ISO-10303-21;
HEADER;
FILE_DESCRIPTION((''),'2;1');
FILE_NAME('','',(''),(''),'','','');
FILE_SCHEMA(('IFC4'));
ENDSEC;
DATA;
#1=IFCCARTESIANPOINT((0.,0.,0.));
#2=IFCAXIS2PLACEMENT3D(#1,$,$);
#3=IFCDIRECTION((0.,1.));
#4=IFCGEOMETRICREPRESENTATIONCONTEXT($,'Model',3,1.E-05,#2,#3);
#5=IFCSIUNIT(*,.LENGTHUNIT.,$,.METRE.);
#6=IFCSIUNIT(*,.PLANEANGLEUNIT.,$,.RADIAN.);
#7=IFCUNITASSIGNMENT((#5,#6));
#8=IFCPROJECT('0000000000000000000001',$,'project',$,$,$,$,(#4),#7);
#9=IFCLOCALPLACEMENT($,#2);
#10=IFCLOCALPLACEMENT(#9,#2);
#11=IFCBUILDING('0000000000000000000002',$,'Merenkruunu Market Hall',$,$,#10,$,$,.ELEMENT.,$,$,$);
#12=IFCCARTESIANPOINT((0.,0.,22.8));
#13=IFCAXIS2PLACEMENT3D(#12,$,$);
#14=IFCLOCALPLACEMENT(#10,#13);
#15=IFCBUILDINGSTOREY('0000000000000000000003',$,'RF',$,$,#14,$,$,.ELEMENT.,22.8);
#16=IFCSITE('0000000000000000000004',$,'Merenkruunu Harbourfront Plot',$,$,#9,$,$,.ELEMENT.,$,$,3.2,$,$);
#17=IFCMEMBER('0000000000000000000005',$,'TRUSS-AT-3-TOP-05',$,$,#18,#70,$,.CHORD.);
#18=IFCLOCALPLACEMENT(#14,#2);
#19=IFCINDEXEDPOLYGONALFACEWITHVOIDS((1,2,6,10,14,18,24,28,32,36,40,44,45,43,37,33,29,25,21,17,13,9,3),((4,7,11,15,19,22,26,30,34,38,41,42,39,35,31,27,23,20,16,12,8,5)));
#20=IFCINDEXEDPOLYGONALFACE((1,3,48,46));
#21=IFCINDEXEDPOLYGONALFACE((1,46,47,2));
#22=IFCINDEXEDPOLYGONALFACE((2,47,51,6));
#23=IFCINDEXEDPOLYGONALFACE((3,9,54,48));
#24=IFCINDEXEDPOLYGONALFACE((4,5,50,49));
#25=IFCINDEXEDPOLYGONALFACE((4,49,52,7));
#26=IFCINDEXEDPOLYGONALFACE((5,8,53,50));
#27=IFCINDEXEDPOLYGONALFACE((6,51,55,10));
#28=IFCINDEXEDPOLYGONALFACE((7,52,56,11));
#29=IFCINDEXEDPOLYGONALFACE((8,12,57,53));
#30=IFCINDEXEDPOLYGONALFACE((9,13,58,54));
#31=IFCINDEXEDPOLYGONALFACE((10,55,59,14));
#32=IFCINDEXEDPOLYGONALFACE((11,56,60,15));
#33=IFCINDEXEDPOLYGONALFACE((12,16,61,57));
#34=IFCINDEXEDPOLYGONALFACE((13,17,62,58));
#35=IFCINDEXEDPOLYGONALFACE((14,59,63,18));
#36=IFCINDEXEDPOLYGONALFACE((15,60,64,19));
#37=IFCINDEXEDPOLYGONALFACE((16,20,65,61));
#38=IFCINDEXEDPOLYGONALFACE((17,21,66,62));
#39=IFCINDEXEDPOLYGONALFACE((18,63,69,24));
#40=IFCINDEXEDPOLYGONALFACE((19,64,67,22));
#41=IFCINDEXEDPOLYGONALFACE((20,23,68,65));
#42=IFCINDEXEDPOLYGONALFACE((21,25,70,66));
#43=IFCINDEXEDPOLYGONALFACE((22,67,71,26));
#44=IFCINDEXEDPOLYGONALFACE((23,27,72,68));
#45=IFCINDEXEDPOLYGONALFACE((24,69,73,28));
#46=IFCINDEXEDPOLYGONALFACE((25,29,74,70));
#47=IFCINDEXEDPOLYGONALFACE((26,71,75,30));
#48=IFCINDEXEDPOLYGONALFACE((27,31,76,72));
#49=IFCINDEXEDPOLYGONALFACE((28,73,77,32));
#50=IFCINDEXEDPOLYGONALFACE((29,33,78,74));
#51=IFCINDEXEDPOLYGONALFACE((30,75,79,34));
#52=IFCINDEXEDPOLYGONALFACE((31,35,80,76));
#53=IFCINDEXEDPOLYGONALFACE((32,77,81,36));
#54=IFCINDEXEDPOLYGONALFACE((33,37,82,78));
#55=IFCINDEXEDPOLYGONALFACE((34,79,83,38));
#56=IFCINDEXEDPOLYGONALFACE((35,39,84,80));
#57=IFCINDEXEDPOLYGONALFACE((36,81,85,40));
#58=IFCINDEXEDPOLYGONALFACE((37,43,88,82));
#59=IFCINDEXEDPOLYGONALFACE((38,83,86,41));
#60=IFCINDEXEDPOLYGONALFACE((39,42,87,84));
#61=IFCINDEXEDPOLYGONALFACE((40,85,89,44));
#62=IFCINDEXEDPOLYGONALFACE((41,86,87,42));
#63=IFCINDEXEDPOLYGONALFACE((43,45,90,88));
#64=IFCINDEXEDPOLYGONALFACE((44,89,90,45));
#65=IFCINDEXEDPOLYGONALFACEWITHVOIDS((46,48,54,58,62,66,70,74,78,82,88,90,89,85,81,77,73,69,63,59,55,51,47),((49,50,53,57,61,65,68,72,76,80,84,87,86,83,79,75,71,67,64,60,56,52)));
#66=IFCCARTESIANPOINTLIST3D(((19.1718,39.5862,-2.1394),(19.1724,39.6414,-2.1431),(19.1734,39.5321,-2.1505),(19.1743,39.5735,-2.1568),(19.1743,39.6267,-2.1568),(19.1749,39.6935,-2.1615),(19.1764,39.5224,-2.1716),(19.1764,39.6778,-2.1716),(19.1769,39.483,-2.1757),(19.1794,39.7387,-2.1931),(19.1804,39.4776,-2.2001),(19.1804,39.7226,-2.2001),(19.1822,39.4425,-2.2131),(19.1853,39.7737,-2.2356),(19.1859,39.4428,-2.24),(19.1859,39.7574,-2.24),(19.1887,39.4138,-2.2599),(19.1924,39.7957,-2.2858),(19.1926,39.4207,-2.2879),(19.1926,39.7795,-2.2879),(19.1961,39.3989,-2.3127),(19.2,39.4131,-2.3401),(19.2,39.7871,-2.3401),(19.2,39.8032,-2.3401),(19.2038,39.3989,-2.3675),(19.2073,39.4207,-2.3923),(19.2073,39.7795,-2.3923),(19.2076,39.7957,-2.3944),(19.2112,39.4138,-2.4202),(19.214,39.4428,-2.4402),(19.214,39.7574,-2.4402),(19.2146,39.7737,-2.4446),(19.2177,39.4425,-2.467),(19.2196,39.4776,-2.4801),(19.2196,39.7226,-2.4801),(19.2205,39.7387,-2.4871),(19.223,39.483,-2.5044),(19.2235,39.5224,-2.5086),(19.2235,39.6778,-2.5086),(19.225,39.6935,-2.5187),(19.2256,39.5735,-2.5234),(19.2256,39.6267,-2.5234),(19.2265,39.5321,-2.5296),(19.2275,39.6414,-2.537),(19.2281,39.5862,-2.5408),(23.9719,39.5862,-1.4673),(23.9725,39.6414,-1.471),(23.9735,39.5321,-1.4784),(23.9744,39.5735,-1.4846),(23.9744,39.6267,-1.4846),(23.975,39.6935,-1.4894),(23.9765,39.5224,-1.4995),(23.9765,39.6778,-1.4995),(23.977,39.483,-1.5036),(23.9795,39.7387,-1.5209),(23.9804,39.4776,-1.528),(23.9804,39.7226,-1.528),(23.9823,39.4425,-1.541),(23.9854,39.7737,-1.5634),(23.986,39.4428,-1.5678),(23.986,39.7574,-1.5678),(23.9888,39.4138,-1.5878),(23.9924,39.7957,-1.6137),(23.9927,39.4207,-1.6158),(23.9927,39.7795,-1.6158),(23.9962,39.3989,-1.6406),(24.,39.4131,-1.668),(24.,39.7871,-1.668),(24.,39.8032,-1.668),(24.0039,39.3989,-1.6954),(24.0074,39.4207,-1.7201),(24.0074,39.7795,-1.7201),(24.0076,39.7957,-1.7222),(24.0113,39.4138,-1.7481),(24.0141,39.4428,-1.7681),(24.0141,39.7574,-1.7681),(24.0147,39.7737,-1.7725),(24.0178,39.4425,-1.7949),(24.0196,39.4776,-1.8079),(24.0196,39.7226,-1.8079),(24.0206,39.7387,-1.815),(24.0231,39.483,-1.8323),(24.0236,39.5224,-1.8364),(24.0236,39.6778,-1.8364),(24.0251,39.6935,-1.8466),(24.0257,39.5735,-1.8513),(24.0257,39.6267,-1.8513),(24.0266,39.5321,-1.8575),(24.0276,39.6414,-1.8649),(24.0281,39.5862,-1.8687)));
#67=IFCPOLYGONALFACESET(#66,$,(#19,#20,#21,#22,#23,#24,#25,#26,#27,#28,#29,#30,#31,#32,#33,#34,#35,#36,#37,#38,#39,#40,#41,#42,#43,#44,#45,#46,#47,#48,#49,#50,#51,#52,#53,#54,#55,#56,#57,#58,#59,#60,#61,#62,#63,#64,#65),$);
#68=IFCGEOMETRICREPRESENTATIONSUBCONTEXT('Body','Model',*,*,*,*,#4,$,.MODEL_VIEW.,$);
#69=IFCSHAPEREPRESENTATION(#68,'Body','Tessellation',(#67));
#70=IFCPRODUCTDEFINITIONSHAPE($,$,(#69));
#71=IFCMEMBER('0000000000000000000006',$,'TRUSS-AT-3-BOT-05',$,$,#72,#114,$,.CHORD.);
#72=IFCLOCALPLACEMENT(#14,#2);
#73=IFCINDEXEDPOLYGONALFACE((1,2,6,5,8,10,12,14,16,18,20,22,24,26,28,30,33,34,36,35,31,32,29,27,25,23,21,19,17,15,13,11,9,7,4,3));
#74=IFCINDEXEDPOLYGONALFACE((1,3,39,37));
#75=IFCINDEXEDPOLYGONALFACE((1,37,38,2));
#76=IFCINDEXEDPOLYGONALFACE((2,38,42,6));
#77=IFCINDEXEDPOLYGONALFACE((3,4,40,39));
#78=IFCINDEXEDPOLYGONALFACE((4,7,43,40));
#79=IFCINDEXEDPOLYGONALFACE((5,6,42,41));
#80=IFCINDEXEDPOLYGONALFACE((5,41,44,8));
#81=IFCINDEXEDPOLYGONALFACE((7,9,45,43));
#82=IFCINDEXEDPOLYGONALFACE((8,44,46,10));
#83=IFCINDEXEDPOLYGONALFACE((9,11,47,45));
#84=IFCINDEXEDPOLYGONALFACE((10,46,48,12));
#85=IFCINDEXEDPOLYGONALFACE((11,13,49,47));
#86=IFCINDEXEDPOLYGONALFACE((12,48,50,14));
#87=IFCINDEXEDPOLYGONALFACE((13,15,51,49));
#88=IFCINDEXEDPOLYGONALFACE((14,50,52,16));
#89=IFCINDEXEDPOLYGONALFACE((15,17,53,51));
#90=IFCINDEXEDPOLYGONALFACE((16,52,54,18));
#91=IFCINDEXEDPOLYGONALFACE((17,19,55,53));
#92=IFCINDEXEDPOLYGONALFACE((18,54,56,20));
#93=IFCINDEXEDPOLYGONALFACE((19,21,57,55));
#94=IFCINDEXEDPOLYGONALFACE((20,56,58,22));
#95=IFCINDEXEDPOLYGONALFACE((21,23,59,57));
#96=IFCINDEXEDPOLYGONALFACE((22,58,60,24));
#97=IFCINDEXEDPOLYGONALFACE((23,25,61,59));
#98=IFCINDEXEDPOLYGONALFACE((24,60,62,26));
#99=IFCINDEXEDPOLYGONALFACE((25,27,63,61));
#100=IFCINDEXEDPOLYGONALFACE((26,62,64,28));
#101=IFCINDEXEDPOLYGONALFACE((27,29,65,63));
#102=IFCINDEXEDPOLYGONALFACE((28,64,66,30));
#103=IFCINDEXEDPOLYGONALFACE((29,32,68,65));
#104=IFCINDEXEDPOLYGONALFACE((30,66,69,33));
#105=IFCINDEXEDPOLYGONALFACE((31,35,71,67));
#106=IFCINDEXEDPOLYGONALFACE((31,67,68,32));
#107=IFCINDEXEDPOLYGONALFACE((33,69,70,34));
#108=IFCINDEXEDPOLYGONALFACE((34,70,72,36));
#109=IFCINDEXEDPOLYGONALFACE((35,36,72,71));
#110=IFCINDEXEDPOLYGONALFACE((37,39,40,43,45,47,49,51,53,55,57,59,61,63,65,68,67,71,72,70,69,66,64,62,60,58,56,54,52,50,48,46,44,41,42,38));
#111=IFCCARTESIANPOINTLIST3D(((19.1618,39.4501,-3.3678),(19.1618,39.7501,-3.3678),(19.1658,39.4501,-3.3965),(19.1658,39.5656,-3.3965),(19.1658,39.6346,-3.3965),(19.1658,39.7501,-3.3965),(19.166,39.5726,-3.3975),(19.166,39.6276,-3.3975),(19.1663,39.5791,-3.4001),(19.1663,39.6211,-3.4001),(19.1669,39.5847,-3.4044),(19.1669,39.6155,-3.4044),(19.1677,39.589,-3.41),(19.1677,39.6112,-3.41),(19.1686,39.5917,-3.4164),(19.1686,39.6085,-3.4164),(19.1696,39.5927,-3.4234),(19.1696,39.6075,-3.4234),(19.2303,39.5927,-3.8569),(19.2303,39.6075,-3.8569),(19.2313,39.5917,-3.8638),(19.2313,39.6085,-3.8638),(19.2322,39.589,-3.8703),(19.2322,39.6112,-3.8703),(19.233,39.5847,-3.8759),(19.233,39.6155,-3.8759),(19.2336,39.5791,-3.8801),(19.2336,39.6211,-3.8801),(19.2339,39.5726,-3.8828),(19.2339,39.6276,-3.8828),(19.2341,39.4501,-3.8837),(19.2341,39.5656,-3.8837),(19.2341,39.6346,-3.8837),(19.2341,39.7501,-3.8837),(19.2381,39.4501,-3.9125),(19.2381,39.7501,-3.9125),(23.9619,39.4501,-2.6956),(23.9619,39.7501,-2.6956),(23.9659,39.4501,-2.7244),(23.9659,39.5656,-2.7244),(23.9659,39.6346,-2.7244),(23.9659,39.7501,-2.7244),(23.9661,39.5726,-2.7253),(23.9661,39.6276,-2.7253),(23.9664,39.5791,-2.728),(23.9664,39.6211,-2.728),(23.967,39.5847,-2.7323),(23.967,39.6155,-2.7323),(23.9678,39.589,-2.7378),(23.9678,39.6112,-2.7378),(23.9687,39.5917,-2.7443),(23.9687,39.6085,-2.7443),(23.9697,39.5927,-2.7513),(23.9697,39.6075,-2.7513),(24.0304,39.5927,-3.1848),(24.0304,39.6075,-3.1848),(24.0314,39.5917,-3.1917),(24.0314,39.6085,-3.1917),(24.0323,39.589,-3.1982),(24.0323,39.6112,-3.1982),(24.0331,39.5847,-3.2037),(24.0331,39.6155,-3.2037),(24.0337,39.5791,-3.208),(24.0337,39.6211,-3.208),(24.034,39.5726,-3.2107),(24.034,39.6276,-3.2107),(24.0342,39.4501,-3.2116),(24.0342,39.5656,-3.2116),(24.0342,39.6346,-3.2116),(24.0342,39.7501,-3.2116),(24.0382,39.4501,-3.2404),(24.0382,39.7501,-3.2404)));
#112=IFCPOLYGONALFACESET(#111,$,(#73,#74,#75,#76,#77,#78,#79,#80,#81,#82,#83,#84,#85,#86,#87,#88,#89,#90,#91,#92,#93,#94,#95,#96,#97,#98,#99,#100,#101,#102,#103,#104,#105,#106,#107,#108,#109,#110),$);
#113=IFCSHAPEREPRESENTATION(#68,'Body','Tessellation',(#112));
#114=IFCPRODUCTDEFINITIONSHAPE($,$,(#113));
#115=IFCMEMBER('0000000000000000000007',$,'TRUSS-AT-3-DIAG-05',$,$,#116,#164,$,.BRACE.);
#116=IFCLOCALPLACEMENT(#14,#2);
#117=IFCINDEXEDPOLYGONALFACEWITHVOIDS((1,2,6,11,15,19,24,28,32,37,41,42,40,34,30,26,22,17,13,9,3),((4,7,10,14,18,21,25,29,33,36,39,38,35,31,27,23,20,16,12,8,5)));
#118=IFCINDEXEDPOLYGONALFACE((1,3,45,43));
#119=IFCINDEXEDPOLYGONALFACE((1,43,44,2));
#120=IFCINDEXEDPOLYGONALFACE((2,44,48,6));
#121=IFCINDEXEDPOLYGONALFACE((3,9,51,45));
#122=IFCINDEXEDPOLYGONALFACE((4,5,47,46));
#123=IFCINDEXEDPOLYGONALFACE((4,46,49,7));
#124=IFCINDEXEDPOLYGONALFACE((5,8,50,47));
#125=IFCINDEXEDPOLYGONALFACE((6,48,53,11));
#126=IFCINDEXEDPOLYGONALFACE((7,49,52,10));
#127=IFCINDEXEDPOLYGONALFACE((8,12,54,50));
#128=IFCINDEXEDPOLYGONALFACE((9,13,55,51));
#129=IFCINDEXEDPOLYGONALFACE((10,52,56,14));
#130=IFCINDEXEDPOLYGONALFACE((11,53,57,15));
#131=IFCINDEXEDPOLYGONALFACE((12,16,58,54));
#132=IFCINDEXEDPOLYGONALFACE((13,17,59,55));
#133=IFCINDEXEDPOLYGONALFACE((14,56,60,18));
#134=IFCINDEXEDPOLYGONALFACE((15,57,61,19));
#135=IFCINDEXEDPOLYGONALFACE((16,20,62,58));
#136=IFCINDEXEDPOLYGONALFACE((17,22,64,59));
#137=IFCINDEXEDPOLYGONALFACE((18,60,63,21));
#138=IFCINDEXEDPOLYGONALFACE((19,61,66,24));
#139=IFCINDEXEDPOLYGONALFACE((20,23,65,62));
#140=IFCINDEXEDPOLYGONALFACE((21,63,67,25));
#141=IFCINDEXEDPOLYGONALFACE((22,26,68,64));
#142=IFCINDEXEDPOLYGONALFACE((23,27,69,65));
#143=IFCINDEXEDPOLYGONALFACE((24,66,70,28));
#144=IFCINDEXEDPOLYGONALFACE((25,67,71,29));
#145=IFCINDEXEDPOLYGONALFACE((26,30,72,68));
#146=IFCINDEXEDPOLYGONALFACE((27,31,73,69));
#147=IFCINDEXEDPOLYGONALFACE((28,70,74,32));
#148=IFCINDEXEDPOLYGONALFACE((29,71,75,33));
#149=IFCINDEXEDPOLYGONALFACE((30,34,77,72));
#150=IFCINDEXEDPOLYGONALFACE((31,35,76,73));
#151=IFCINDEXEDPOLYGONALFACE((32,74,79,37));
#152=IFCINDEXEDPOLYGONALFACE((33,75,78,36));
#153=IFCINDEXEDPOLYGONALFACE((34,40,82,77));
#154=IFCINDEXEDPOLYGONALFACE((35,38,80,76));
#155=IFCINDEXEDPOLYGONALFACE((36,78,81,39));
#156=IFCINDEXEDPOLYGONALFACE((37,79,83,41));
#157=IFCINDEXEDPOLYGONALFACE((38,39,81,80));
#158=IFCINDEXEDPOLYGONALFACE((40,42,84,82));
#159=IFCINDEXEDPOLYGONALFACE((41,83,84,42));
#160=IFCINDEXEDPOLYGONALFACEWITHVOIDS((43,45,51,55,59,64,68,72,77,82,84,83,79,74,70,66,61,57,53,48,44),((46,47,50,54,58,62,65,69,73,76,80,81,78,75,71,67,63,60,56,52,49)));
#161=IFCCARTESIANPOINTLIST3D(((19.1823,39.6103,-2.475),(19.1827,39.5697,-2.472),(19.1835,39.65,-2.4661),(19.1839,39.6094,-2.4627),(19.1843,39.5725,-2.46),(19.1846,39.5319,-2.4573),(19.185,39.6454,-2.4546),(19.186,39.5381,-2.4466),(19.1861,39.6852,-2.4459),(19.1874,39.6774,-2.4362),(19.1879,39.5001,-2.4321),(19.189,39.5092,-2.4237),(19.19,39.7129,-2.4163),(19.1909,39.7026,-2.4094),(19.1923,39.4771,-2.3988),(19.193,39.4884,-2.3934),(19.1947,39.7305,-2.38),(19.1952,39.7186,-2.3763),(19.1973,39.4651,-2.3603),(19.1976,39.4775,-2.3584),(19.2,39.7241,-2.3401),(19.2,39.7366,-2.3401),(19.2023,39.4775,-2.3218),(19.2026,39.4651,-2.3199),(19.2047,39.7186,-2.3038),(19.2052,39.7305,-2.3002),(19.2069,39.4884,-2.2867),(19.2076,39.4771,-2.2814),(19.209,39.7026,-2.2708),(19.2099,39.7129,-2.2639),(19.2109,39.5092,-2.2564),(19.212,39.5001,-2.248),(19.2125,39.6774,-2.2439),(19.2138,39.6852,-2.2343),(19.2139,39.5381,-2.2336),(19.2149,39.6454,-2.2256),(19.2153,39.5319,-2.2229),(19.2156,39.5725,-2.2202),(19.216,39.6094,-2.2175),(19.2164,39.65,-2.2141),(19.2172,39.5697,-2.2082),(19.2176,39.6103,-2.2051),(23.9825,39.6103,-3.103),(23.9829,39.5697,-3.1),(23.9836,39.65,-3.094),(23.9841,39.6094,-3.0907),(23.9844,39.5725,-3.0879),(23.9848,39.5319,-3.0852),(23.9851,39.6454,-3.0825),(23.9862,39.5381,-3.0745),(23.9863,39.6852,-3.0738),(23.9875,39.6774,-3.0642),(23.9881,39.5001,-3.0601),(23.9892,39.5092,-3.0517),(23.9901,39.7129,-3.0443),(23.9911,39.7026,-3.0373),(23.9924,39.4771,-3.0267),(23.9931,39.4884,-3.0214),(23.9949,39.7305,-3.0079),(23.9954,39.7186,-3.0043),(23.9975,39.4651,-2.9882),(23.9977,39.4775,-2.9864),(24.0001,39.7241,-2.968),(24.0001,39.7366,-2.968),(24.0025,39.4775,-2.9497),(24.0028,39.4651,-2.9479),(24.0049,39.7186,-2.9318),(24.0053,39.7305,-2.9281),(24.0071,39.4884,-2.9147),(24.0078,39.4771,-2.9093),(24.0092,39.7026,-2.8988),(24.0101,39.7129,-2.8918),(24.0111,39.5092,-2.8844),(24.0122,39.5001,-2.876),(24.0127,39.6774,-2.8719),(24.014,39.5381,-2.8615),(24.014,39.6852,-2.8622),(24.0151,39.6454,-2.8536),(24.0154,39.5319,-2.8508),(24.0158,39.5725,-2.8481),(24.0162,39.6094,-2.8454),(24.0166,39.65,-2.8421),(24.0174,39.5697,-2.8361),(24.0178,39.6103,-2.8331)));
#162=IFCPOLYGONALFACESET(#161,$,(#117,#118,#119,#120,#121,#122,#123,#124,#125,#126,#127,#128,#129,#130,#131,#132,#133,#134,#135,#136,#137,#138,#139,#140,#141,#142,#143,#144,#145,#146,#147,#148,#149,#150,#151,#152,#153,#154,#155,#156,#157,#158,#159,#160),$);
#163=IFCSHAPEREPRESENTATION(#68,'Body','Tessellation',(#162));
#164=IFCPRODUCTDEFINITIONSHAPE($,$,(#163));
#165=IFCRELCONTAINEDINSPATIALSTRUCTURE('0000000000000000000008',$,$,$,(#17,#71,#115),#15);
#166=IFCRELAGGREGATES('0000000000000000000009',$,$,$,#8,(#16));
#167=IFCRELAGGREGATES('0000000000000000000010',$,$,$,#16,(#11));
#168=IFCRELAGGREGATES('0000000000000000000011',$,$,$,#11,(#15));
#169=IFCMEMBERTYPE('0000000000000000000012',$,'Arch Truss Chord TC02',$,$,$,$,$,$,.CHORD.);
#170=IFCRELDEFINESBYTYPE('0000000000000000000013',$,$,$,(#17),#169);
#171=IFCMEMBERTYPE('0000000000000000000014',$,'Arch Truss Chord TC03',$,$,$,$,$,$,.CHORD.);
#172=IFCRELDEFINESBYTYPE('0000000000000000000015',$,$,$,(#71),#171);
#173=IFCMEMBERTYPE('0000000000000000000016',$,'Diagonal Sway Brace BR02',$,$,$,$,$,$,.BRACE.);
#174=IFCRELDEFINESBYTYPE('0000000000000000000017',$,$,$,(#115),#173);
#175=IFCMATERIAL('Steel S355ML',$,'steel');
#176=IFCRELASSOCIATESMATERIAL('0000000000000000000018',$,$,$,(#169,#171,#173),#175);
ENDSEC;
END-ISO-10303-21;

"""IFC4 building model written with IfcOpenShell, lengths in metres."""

from ifc_helpers import new_model, si_unit, direction, frame, origin, origin_2d, place, context, subcontext, project, spatial, hollow_circle, i_section, extrude, material, material_profile, profile_set, type_object, element, save


model = new_model("IFC4")

# Units and contexts
model_context = context("Model", 3, precision=1e-05, world=origin(), true_north=direction((0.0, 1.0)))
body_context = subcontext(model_context, "Body", "Model", "MODEL_VIEW")
ifc_project = project(units=[si_unit("LENGTHUNIT", "METRE"), si_unit("PLANEANGLEUNIT", "RADIAN")], contexts=[model_context])

# Site, building, storey
site_placement = place(None, origin())
site = spatial("IfcSite", under=ifc_project, at=site_placement, Name="Merenkruunu Harbourfront Plot", CompositionType="ELEMENT", RefElevation=3.2)
building_placement = place(site_placement, origin())
building = spatial("IfcBuilding", under=site, at=building_placement, Name="Merenkruunu Market Hall", CompositionType="ELEMENT")
storey_placement = place(building_placement, frame((0.0, 0.0, 22.8)))
storey = spatial("IfcBuildingStorey", under=building, at=storey_placement, Name="RF", CompositionType="ELEMENT", Elevation=22.8)

# Members
ifc_material_1 = material(Name="Steel S355ML", Category="steel")
ifc_material_profile_1 = material_profile(ifc_material_1, hollow_circle(Radius=0.2031, WallThickness=0.0161, at=origin_2d()), Name="CHS 406.4x16")
ifc_profile_set_1 = profile_set([ifc_material_profile_1], Name="Steel S355ML")
member_type_1 = type_object("IfcMemberType", Name="Arch Truss Chord TC02", PredefinedType="CHORD", material=ifc_profile_set_1)
member_1_placement = place(storey_placement, frame((19.2, 39.6001, -2.3401), z_axis=(0.990339, 0.0, 0.138671), x_axis=(0.0, 1.0, 0.0)))
element("IfcMember", 1, at=member_1_placement, inside=storey, type_object=member_type_1, Name="TRUSS-AT-3-TOP-05", PredefinedType="CHORD", context=body_context, shape_type="SweptSolid", body=[
    extrude(hollow_circle(Radius=0.2031, WallThickness=0.0161, at=origin_2d()), origin(), (0.0, 0.0, 1.0), 4.8469),
])
ifc_material_profile_2 = material_profile(ifc_material_1, i_section(OverallWidth=0.3, OverallDepth=0.55, WebThickness=0.0149, FlangeThickness=0.0291, FilletRadius=0.0271, at=origin_2d()), Name="HEB 550")
ifc_profile_set_2 = profile_set([ifc_material_profile_2], Name="Steel S355ML")
member_type_2 = type_object("IfcMemberType", Name="Arch Truss Chord TC03", PredefinedType="CHORD", material=ifc_profile_set_2)
member_2_placement = place(storey_placement, frame((19.2, 39.6001, -3.6401), z_axis=(0.990339, 0.0, 0.138671), x_axis=(0.0, 1.0, 0.0)))
element("IfcMember", 2, at=member_2_placement, inside=storey, type_object=member_type_2, Name="TRUSS-AT-3-BOT-05", PredefinedType="CHORD", context=body_context, shape_type="SweptSolid", body=[
    extrude(i_section(OverallWidth=0.3, OverallDepth=0.55, WebThickness=0.0149, FlangeThickness=0.0291, FilletRadius=0.0271, at=origin_2d()), origin(), (0.0, 0.0, 1.0), 4.8469),
])
ifc_material_profile_3 = material_profile(ifc_material_1, hollow_circle(Radius=0.1365, WallThickness=0.0125, at=origin_2d()), Name="CHS 273x12.5")
ifc_profile_set_3 = profile_set([ifc_material_profile_3], Name="Steel S355ML")
member_type_3 = type_object("IfcMemberType", Name="Diagonal Sway Brace BR02", PredefinedType="BRACE", material=ifc_profile_set_3)
member_3_placement = place(storey_placement, frame((19.2, 39.6001, -2.3401), z_axis=(0.991552, 0.0, -0.129712), x_axis=(0.0, 1.0, 0.0)))
element("IfcMember", 3, at=member_3_placement, inside=storey, type_object=member_type_3, Name="TRUSS-AT-3-DIAG-05", PredefinedType="BRACE", context=body_context, shape_type="SweptSolid", body=[
    extrude(hollow_circle(Radius=0.1365, WallThickness=0.0125, at=origin_2d()), origin(), (0.0, 0.0, 1.0), 4.8411),
])

save(model, "model.ifc")
